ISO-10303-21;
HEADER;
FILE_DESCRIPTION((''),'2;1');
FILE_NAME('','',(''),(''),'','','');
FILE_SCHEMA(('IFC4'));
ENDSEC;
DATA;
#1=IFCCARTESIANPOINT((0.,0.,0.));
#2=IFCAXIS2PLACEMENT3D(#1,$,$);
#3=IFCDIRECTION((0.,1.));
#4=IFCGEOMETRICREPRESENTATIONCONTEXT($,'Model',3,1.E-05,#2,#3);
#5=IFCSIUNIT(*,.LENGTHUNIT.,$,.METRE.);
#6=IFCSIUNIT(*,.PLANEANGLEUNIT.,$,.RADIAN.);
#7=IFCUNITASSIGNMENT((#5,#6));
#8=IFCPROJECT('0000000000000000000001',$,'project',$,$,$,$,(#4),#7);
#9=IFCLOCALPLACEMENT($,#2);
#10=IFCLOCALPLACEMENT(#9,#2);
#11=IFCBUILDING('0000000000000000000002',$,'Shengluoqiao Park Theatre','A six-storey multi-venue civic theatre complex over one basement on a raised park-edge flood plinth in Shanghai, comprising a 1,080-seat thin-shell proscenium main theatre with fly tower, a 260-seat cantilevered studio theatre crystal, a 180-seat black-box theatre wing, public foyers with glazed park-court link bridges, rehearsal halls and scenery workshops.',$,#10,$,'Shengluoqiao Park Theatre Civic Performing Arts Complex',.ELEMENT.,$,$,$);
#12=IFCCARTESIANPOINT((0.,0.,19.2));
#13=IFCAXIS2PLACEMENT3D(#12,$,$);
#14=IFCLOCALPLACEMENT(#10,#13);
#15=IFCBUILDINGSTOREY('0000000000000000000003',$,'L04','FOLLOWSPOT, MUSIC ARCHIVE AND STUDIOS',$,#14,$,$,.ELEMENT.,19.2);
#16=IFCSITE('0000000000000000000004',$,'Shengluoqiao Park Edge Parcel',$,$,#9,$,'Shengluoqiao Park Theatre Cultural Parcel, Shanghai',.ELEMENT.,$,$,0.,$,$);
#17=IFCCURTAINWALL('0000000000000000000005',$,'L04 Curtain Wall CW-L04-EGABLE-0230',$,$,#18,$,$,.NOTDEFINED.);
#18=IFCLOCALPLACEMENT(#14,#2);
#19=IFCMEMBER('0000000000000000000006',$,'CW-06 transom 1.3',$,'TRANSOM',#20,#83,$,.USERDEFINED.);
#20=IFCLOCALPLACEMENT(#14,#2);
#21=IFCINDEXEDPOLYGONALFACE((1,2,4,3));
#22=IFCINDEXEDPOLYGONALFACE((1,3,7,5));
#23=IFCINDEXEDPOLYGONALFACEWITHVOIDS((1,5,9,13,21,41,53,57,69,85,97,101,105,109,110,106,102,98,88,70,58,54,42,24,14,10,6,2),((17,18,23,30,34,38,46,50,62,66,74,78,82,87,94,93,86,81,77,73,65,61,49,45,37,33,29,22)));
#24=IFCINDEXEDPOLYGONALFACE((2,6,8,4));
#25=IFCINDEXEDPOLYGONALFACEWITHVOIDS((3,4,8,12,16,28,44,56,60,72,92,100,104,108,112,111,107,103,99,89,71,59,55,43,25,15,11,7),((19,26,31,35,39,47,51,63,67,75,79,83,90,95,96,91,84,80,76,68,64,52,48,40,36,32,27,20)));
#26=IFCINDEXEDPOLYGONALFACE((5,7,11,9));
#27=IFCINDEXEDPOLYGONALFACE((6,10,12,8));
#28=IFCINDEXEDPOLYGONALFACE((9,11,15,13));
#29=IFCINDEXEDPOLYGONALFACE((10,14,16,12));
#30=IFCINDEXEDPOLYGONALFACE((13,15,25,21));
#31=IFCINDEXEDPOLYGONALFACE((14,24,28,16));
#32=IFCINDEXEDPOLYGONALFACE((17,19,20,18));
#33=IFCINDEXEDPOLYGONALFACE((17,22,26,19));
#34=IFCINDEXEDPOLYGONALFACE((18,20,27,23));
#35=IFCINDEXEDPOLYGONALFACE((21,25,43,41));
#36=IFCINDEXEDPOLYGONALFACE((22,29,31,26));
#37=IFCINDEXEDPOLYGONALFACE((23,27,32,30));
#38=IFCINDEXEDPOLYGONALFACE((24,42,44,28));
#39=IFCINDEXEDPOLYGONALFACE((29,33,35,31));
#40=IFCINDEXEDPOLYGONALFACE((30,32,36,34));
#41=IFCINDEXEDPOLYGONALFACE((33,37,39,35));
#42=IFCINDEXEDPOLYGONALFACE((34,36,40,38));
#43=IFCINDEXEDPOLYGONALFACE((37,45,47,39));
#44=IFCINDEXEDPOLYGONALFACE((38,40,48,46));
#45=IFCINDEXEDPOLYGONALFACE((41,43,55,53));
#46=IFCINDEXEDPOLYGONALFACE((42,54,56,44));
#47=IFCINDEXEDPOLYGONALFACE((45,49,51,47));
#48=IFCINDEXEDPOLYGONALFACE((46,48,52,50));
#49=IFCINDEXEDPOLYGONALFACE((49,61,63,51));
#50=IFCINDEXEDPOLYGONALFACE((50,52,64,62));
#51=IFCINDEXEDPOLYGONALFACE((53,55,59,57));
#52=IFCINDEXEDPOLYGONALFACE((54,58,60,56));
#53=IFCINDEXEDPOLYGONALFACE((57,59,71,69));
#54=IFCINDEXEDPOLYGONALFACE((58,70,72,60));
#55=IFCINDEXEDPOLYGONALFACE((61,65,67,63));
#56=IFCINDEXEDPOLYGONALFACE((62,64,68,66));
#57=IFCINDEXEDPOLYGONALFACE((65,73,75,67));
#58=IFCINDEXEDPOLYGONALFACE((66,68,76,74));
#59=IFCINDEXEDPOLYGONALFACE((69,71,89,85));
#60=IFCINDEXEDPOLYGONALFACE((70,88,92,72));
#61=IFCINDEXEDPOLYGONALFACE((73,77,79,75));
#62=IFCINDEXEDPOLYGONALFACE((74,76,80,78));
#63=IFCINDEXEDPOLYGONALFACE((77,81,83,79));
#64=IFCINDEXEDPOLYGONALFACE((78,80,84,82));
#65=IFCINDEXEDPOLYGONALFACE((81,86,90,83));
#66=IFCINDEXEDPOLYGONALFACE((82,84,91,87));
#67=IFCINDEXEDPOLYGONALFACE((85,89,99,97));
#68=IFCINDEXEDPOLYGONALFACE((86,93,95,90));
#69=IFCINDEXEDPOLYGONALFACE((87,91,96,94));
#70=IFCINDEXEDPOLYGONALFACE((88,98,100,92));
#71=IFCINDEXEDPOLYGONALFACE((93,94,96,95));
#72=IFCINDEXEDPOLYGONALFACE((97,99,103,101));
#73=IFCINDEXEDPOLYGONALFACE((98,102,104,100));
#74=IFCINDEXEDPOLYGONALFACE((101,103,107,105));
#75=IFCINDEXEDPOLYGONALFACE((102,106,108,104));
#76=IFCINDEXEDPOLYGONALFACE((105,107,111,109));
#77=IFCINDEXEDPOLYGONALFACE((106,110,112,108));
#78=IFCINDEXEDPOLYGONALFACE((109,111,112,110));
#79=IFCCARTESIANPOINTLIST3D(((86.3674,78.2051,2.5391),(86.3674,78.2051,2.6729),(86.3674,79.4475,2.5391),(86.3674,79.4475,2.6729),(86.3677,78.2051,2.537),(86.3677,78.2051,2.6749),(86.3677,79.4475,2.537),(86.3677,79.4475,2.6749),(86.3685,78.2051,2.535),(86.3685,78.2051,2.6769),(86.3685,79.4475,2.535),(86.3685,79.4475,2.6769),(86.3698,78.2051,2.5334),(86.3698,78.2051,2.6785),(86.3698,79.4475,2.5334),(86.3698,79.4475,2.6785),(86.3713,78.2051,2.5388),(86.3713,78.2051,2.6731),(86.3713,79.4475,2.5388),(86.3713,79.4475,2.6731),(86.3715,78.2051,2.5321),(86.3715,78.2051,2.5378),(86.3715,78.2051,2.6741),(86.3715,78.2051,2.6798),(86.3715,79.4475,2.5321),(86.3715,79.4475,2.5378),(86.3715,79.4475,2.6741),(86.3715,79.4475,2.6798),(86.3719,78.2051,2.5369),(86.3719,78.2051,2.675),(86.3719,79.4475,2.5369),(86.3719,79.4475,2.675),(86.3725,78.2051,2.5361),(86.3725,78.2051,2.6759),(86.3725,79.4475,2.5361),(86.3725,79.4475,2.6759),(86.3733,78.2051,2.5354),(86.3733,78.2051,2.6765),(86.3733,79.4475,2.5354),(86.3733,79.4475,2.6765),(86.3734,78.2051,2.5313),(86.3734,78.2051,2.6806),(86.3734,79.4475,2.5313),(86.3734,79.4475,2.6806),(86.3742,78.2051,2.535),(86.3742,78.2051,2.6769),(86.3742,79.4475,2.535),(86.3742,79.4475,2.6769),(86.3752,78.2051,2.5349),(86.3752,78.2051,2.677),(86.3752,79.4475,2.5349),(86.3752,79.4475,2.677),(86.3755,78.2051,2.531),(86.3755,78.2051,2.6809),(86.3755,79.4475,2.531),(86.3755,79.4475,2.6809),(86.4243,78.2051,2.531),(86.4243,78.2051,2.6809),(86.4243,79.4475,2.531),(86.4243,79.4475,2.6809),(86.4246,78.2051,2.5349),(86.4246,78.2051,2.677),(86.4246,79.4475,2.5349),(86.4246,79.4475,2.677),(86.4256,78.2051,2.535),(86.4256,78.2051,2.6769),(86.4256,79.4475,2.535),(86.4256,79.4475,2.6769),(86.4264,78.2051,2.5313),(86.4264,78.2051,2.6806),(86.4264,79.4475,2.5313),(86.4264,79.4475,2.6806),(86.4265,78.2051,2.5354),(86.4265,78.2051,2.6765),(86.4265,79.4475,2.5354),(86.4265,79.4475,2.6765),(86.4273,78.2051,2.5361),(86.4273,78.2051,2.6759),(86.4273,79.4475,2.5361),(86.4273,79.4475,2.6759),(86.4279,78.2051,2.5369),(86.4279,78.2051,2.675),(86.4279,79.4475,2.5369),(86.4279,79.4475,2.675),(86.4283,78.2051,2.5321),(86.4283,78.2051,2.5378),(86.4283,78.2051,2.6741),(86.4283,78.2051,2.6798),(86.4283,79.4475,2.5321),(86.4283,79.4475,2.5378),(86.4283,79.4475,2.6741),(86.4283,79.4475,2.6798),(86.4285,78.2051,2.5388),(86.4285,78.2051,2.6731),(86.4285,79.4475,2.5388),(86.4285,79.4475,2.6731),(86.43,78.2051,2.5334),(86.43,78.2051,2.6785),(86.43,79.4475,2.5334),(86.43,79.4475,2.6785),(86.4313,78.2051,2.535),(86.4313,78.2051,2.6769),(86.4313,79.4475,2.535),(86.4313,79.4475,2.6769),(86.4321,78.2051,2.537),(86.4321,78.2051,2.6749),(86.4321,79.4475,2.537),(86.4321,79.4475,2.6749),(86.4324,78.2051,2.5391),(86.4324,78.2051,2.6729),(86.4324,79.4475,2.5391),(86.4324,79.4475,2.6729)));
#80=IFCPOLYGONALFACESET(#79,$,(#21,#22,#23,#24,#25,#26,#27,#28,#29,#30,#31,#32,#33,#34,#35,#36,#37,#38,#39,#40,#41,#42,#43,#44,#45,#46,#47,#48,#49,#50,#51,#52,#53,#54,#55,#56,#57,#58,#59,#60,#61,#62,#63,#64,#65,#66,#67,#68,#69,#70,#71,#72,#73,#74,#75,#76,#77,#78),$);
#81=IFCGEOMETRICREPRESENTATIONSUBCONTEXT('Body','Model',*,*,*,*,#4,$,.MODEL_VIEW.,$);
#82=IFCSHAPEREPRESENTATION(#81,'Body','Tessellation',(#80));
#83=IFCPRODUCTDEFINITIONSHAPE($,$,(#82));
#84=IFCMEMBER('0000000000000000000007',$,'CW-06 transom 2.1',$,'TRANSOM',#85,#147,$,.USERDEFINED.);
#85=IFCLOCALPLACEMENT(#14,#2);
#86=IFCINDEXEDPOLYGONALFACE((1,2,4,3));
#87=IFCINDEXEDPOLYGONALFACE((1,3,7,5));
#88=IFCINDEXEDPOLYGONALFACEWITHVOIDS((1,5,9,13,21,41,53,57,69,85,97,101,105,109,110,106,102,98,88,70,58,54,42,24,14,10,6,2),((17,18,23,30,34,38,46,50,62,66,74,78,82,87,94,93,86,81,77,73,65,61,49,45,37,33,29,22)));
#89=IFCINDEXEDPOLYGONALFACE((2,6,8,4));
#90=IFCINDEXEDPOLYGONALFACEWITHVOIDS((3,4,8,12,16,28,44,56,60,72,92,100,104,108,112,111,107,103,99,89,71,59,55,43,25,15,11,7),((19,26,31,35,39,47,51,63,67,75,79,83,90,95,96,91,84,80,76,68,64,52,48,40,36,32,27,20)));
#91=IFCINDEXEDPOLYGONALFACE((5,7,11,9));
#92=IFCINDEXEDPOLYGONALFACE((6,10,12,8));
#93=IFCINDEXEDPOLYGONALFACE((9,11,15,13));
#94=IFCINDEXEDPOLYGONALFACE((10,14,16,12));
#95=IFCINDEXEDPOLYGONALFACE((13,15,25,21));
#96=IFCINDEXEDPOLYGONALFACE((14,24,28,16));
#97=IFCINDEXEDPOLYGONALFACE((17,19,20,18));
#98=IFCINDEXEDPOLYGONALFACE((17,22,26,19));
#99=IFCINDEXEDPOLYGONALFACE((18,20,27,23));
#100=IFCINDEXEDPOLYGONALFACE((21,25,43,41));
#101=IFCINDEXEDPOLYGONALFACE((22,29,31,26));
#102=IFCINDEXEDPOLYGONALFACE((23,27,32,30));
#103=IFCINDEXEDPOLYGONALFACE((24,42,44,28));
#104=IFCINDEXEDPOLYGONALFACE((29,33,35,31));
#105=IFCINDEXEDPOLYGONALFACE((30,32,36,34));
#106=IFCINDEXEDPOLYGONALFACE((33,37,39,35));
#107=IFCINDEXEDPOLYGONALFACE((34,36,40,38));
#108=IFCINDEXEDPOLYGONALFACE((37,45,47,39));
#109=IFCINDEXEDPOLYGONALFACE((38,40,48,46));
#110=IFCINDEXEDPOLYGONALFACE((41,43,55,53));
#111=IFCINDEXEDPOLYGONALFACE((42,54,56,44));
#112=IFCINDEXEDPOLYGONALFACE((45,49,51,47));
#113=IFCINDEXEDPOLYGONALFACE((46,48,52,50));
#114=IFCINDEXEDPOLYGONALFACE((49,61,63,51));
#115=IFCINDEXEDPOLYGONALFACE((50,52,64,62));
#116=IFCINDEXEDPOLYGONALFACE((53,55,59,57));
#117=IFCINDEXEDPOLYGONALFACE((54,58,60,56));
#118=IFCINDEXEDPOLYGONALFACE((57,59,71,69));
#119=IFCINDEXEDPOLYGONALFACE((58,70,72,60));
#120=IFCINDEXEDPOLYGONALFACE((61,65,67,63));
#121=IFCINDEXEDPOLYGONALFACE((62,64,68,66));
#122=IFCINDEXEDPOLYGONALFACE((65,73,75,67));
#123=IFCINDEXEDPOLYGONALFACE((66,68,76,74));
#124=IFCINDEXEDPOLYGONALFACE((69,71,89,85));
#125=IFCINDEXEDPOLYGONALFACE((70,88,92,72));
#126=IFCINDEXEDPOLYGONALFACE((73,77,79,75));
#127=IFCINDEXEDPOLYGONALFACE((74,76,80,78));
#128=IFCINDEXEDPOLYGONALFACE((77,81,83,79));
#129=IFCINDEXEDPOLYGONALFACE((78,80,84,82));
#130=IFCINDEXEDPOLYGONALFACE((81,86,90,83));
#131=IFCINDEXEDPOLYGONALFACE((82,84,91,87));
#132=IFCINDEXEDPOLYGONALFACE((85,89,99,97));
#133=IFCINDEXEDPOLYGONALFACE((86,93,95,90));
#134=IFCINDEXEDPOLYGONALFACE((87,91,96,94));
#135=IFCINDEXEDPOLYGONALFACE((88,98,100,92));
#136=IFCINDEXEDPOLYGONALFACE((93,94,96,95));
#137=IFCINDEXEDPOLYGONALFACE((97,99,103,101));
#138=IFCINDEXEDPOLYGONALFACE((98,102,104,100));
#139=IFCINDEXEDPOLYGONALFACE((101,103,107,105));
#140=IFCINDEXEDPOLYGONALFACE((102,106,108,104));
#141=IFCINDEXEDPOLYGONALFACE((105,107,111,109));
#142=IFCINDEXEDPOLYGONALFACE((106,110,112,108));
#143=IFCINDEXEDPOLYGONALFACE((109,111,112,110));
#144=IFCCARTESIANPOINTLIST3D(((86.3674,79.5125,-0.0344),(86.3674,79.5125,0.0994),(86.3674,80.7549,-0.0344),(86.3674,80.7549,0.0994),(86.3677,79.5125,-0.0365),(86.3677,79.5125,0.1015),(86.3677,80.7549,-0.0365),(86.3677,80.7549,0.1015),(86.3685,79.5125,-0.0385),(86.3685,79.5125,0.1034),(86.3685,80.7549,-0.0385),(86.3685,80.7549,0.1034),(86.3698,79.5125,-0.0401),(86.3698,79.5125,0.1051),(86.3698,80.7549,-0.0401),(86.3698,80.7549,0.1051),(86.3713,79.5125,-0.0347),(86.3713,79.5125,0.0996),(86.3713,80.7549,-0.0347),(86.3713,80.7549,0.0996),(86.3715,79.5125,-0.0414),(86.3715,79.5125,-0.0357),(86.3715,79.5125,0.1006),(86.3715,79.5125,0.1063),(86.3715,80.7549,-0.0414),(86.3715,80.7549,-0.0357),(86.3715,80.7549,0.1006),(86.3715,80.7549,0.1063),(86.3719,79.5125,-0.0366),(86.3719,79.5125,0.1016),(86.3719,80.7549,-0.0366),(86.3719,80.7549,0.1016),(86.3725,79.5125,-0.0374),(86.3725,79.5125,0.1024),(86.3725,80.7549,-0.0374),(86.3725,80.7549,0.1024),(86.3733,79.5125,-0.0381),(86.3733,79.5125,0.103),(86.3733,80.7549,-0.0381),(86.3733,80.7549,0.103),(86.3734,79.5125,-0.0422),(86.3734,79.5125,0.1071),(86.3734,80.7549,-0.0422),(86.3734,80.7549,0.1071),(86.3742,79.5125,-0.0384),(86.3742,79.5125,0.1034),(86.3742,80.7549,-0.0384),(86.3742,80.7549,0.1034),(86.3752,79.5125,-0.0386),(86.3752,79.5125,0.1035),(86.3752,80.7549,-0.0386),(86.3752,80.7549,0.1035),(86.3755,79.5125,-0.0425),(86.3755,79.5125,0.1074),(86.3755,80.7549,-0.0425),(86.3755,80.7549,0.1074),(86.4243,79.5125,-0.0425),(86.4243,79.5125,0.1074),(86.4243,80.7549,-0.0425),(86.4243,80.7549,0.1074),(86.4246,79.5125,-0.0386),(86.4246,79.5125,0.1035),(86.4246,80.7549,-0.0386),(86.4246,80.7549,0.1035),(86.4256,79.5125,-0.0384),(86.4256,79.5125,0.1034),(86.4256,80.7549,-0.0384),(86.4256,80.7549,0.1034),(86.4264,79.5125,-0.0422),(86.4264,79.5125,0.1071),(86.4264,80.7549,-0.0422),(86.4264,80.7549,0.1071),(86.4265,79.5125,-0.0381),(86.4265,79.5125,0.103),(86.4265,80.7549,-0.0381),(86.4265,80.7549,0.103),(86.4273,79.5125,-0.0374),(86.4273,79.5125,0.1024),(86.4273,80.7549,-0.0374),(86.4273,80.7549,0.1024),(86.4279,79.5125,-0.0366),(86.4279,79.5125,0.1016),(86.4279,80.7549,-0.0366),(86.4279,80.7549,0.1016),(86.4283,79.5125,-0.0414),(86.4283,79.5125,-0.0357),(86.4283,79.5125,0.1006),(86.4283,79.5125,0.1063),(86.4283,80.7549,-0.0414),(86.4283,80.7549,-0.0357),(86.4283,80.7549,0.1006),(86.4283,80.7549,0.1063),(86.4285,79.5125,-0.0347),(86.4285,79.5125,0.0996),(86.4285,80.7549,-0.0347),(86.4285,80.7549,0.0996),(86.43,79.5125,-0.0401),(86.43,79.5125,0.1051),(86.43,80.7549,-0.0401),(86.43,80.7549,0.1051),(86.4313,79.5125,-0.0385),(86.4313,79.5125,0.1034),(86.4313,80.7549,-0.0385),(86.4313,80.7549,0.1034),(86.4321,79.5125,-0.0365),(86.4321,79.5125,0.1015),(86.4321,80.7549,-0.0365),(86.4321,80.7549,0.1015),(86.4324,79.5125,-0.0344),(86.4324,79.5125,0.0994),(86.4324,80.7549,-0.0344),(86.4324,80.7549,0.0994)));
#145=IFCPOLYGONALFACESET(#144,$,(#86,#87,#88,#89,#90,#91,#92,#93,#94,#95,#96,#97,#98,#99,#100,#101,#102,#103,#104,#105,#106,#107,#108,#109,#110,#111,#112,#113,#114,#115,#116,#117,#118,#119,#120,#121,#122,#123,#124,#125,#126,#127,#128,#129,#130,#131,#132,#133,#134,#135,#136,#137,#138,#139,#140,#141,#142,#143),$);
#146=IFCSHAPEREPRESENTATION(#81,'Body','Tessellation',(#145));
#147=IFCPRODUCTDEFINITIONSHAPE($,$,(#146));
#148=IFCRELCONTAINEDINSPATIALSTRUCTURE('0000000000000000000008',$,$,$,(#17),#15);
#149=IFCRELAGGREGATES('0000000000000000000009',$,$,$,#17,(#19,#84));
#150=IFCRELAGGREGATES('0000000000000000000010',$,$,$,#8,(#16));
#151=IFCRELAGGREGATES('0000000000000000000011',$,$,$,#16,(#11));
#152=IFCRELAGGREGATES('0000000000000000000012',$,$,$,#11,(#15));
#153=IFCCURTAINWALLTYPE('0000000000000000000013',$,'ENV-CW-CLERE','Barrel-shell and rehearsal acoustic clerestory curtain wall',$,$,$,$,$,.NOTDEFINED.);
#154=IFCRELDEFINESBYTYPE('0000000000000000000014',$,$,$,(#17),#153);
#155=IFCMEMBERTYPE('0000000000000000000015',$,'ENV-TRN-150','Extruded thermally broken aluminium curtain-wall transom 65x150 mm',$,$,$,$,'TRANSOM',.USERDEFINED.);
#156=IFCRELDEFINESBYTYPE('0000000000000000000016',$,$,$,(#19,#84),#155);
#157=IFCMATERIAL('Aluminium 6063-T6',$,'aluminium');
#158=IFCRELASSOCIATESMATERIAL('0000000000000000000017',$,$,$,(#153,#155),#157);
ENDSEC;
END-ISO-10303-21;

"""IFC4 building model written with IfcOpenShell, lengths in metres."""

from ifc_helpers import new_model, si_unit, direction, frame, origin, origin_2d, place, context, subcontext, project, spatial, hollow_rectangle, extrude, material, material_profile, profile_set, type_object, element, aggregate, save


model = new_model("IFC4")

# Units and contexts
model_context = context("Model", 3, precision=1e-05, world=origin(), true_north=direction((0.0, 1.0)))
body_context = subcontext(model_context, "Body", "Model", "MODEL_VIEW")
ifc_project = project(units=[si_unit("LENGTHUNIT", "METRE"), si_unit("PLANEANGLEUNIT", "RADIAN")], contexts=[model_context])

# Site, building, storey
site_placement = place(None, origin())
site = spatial("IfcSite", under=ifc_project, at=site_placement, Name="Shengluoqiao Park Edge Parcel", LongName="Shengluoqiao Park Theatre Cultural Parcel, Shanghai", CompositionType="ELEMENT", RefElevation=0.0)
building_placement = place(site_placement, origin())
building = spatial("IfcBuilding", under=site, at=building_placement, Name="Shengluoqiao Park Theatre", Description="A six-storey multi-venue civic theatre complex over one basement on a raised park-edge flood plinth in Shanghai, comprising a 1,080-seat thin-shell proscenium main theatre with fly tower, a 260-seat cantilevered studio theatre crystal, a 180-seat black-box theatre wing, public foyers with glazed park-court link bridges, rehearsal halls and scenery workshops.", LongName="Shengluoqiao Park Theatre Civic Performing Arts Complex", CompositionType="ELEMENT")
storey_placement = place(building_placement, frame((0.0, 0.0, 19.2)))
storey = spatial("IfcBuildingStorey", under=building, at=storey_placement, Name="L04", Description="FOLLOWSPOT, MUSIC ARCHIVE AND STUDIOS", CompositionType="ELEMENT", Elevation=19.2)

# Curtain wall, members
ifc_material_1 = material(Name="Aluminium 6063-T6", Category="aluminium")
curtain_wall_type = type_object("IfcCurtainWallType", Name="ENV-CW-CLERE", Description="Barrel-shell and rehearsal acoustic clerestory curtain wall", PredefinedType="NOTDEFINED", material=ifc_material_1)
curtain_wall_placement = place(storey_placement, origin())
curtain_wall = element("IfcCurtainWall", 1, at=curtain_wall_placement, inside=storey, type_object=curtain_wall_type, Name="L04 Curtain Wall CW-L04-EGABLE-0230", PredefinedType="NOTDEFINED")
ifc_material_profile_1 = material_profile(ifc_material_1, hollow_rectangle(XDim=0.0649, YDim=0.1499, WallThickness=0.0039, InnerFilletRadius=0.0039, OuterFilletRadius=0.0081, at=origin_2d()), Name="ALU TRANSOM 150x65x4")
ifc_profile_set_1 = profile_set([ifc_material_profile_1], Name="Aluminium 6063-T6")
member_type_1 = type_object("IfcMemberType", Name="ENV-TRN-150", Description="Extruded thermally broken aluminium curtain-wall transom 65x150 mm", ElementType="TRANSOM", PredefinedType="USERDEFINED", material=ifc_profile_set_1)
member_1_placement = place(storey_placement, frame((86.3999, 78.2051, 2.606), z_axis=(0.0, 1.0, 0.0), x_axis=(-1.0, 0.0, 0.0)))
member_1 = element("IfcMember", 2, at=member_1_placement, type_object=member_type_1, Name="CW-06 transom 1.3", ObjectType="TRANSOM", PredefinedType="USERDEFINED", context=body_context, shape_type="SweptSolid", body=[
    extrude(hollow_rectangle(XDim=0.0649, YDim=0.1499, WallThickness=0.0039, InnerFilletRadius=0.0039, OuterFilletRadius=0.0081, at=origin_2d()), origin(), (0.0, 0.0, 1.0), 1.2424),
])
member_2_placement = place(storey_placement, frame((86.3999, 79.5125, 0.0325), z_axis=(0.0, 1.0, 0.0), x_axis=(-1.0, 0.0, 0.0)))
member_2 = element("IfcMember", 3, at=member_2_placement, type_object=member_type_1, Name="CW-06 transom 2.1", ObjectType="TRANSOM", PredefinedType="USERDEFINED", context=body_context, shape_type="SweptSolid", body=[
    extrude(hollow_rectangle(XDim=0.0649, YDim=0.1499, WallThickness=0.0039, InnerFilletRadius=0.0039, OuterFilletRadius=0.0081, at=origin_2d()), origin(), (0.0, 0.0, 1.0), 1.2424),
])

aggregate(curtain_wall, [member_1, member_2])

save(model, "model.ifc")
